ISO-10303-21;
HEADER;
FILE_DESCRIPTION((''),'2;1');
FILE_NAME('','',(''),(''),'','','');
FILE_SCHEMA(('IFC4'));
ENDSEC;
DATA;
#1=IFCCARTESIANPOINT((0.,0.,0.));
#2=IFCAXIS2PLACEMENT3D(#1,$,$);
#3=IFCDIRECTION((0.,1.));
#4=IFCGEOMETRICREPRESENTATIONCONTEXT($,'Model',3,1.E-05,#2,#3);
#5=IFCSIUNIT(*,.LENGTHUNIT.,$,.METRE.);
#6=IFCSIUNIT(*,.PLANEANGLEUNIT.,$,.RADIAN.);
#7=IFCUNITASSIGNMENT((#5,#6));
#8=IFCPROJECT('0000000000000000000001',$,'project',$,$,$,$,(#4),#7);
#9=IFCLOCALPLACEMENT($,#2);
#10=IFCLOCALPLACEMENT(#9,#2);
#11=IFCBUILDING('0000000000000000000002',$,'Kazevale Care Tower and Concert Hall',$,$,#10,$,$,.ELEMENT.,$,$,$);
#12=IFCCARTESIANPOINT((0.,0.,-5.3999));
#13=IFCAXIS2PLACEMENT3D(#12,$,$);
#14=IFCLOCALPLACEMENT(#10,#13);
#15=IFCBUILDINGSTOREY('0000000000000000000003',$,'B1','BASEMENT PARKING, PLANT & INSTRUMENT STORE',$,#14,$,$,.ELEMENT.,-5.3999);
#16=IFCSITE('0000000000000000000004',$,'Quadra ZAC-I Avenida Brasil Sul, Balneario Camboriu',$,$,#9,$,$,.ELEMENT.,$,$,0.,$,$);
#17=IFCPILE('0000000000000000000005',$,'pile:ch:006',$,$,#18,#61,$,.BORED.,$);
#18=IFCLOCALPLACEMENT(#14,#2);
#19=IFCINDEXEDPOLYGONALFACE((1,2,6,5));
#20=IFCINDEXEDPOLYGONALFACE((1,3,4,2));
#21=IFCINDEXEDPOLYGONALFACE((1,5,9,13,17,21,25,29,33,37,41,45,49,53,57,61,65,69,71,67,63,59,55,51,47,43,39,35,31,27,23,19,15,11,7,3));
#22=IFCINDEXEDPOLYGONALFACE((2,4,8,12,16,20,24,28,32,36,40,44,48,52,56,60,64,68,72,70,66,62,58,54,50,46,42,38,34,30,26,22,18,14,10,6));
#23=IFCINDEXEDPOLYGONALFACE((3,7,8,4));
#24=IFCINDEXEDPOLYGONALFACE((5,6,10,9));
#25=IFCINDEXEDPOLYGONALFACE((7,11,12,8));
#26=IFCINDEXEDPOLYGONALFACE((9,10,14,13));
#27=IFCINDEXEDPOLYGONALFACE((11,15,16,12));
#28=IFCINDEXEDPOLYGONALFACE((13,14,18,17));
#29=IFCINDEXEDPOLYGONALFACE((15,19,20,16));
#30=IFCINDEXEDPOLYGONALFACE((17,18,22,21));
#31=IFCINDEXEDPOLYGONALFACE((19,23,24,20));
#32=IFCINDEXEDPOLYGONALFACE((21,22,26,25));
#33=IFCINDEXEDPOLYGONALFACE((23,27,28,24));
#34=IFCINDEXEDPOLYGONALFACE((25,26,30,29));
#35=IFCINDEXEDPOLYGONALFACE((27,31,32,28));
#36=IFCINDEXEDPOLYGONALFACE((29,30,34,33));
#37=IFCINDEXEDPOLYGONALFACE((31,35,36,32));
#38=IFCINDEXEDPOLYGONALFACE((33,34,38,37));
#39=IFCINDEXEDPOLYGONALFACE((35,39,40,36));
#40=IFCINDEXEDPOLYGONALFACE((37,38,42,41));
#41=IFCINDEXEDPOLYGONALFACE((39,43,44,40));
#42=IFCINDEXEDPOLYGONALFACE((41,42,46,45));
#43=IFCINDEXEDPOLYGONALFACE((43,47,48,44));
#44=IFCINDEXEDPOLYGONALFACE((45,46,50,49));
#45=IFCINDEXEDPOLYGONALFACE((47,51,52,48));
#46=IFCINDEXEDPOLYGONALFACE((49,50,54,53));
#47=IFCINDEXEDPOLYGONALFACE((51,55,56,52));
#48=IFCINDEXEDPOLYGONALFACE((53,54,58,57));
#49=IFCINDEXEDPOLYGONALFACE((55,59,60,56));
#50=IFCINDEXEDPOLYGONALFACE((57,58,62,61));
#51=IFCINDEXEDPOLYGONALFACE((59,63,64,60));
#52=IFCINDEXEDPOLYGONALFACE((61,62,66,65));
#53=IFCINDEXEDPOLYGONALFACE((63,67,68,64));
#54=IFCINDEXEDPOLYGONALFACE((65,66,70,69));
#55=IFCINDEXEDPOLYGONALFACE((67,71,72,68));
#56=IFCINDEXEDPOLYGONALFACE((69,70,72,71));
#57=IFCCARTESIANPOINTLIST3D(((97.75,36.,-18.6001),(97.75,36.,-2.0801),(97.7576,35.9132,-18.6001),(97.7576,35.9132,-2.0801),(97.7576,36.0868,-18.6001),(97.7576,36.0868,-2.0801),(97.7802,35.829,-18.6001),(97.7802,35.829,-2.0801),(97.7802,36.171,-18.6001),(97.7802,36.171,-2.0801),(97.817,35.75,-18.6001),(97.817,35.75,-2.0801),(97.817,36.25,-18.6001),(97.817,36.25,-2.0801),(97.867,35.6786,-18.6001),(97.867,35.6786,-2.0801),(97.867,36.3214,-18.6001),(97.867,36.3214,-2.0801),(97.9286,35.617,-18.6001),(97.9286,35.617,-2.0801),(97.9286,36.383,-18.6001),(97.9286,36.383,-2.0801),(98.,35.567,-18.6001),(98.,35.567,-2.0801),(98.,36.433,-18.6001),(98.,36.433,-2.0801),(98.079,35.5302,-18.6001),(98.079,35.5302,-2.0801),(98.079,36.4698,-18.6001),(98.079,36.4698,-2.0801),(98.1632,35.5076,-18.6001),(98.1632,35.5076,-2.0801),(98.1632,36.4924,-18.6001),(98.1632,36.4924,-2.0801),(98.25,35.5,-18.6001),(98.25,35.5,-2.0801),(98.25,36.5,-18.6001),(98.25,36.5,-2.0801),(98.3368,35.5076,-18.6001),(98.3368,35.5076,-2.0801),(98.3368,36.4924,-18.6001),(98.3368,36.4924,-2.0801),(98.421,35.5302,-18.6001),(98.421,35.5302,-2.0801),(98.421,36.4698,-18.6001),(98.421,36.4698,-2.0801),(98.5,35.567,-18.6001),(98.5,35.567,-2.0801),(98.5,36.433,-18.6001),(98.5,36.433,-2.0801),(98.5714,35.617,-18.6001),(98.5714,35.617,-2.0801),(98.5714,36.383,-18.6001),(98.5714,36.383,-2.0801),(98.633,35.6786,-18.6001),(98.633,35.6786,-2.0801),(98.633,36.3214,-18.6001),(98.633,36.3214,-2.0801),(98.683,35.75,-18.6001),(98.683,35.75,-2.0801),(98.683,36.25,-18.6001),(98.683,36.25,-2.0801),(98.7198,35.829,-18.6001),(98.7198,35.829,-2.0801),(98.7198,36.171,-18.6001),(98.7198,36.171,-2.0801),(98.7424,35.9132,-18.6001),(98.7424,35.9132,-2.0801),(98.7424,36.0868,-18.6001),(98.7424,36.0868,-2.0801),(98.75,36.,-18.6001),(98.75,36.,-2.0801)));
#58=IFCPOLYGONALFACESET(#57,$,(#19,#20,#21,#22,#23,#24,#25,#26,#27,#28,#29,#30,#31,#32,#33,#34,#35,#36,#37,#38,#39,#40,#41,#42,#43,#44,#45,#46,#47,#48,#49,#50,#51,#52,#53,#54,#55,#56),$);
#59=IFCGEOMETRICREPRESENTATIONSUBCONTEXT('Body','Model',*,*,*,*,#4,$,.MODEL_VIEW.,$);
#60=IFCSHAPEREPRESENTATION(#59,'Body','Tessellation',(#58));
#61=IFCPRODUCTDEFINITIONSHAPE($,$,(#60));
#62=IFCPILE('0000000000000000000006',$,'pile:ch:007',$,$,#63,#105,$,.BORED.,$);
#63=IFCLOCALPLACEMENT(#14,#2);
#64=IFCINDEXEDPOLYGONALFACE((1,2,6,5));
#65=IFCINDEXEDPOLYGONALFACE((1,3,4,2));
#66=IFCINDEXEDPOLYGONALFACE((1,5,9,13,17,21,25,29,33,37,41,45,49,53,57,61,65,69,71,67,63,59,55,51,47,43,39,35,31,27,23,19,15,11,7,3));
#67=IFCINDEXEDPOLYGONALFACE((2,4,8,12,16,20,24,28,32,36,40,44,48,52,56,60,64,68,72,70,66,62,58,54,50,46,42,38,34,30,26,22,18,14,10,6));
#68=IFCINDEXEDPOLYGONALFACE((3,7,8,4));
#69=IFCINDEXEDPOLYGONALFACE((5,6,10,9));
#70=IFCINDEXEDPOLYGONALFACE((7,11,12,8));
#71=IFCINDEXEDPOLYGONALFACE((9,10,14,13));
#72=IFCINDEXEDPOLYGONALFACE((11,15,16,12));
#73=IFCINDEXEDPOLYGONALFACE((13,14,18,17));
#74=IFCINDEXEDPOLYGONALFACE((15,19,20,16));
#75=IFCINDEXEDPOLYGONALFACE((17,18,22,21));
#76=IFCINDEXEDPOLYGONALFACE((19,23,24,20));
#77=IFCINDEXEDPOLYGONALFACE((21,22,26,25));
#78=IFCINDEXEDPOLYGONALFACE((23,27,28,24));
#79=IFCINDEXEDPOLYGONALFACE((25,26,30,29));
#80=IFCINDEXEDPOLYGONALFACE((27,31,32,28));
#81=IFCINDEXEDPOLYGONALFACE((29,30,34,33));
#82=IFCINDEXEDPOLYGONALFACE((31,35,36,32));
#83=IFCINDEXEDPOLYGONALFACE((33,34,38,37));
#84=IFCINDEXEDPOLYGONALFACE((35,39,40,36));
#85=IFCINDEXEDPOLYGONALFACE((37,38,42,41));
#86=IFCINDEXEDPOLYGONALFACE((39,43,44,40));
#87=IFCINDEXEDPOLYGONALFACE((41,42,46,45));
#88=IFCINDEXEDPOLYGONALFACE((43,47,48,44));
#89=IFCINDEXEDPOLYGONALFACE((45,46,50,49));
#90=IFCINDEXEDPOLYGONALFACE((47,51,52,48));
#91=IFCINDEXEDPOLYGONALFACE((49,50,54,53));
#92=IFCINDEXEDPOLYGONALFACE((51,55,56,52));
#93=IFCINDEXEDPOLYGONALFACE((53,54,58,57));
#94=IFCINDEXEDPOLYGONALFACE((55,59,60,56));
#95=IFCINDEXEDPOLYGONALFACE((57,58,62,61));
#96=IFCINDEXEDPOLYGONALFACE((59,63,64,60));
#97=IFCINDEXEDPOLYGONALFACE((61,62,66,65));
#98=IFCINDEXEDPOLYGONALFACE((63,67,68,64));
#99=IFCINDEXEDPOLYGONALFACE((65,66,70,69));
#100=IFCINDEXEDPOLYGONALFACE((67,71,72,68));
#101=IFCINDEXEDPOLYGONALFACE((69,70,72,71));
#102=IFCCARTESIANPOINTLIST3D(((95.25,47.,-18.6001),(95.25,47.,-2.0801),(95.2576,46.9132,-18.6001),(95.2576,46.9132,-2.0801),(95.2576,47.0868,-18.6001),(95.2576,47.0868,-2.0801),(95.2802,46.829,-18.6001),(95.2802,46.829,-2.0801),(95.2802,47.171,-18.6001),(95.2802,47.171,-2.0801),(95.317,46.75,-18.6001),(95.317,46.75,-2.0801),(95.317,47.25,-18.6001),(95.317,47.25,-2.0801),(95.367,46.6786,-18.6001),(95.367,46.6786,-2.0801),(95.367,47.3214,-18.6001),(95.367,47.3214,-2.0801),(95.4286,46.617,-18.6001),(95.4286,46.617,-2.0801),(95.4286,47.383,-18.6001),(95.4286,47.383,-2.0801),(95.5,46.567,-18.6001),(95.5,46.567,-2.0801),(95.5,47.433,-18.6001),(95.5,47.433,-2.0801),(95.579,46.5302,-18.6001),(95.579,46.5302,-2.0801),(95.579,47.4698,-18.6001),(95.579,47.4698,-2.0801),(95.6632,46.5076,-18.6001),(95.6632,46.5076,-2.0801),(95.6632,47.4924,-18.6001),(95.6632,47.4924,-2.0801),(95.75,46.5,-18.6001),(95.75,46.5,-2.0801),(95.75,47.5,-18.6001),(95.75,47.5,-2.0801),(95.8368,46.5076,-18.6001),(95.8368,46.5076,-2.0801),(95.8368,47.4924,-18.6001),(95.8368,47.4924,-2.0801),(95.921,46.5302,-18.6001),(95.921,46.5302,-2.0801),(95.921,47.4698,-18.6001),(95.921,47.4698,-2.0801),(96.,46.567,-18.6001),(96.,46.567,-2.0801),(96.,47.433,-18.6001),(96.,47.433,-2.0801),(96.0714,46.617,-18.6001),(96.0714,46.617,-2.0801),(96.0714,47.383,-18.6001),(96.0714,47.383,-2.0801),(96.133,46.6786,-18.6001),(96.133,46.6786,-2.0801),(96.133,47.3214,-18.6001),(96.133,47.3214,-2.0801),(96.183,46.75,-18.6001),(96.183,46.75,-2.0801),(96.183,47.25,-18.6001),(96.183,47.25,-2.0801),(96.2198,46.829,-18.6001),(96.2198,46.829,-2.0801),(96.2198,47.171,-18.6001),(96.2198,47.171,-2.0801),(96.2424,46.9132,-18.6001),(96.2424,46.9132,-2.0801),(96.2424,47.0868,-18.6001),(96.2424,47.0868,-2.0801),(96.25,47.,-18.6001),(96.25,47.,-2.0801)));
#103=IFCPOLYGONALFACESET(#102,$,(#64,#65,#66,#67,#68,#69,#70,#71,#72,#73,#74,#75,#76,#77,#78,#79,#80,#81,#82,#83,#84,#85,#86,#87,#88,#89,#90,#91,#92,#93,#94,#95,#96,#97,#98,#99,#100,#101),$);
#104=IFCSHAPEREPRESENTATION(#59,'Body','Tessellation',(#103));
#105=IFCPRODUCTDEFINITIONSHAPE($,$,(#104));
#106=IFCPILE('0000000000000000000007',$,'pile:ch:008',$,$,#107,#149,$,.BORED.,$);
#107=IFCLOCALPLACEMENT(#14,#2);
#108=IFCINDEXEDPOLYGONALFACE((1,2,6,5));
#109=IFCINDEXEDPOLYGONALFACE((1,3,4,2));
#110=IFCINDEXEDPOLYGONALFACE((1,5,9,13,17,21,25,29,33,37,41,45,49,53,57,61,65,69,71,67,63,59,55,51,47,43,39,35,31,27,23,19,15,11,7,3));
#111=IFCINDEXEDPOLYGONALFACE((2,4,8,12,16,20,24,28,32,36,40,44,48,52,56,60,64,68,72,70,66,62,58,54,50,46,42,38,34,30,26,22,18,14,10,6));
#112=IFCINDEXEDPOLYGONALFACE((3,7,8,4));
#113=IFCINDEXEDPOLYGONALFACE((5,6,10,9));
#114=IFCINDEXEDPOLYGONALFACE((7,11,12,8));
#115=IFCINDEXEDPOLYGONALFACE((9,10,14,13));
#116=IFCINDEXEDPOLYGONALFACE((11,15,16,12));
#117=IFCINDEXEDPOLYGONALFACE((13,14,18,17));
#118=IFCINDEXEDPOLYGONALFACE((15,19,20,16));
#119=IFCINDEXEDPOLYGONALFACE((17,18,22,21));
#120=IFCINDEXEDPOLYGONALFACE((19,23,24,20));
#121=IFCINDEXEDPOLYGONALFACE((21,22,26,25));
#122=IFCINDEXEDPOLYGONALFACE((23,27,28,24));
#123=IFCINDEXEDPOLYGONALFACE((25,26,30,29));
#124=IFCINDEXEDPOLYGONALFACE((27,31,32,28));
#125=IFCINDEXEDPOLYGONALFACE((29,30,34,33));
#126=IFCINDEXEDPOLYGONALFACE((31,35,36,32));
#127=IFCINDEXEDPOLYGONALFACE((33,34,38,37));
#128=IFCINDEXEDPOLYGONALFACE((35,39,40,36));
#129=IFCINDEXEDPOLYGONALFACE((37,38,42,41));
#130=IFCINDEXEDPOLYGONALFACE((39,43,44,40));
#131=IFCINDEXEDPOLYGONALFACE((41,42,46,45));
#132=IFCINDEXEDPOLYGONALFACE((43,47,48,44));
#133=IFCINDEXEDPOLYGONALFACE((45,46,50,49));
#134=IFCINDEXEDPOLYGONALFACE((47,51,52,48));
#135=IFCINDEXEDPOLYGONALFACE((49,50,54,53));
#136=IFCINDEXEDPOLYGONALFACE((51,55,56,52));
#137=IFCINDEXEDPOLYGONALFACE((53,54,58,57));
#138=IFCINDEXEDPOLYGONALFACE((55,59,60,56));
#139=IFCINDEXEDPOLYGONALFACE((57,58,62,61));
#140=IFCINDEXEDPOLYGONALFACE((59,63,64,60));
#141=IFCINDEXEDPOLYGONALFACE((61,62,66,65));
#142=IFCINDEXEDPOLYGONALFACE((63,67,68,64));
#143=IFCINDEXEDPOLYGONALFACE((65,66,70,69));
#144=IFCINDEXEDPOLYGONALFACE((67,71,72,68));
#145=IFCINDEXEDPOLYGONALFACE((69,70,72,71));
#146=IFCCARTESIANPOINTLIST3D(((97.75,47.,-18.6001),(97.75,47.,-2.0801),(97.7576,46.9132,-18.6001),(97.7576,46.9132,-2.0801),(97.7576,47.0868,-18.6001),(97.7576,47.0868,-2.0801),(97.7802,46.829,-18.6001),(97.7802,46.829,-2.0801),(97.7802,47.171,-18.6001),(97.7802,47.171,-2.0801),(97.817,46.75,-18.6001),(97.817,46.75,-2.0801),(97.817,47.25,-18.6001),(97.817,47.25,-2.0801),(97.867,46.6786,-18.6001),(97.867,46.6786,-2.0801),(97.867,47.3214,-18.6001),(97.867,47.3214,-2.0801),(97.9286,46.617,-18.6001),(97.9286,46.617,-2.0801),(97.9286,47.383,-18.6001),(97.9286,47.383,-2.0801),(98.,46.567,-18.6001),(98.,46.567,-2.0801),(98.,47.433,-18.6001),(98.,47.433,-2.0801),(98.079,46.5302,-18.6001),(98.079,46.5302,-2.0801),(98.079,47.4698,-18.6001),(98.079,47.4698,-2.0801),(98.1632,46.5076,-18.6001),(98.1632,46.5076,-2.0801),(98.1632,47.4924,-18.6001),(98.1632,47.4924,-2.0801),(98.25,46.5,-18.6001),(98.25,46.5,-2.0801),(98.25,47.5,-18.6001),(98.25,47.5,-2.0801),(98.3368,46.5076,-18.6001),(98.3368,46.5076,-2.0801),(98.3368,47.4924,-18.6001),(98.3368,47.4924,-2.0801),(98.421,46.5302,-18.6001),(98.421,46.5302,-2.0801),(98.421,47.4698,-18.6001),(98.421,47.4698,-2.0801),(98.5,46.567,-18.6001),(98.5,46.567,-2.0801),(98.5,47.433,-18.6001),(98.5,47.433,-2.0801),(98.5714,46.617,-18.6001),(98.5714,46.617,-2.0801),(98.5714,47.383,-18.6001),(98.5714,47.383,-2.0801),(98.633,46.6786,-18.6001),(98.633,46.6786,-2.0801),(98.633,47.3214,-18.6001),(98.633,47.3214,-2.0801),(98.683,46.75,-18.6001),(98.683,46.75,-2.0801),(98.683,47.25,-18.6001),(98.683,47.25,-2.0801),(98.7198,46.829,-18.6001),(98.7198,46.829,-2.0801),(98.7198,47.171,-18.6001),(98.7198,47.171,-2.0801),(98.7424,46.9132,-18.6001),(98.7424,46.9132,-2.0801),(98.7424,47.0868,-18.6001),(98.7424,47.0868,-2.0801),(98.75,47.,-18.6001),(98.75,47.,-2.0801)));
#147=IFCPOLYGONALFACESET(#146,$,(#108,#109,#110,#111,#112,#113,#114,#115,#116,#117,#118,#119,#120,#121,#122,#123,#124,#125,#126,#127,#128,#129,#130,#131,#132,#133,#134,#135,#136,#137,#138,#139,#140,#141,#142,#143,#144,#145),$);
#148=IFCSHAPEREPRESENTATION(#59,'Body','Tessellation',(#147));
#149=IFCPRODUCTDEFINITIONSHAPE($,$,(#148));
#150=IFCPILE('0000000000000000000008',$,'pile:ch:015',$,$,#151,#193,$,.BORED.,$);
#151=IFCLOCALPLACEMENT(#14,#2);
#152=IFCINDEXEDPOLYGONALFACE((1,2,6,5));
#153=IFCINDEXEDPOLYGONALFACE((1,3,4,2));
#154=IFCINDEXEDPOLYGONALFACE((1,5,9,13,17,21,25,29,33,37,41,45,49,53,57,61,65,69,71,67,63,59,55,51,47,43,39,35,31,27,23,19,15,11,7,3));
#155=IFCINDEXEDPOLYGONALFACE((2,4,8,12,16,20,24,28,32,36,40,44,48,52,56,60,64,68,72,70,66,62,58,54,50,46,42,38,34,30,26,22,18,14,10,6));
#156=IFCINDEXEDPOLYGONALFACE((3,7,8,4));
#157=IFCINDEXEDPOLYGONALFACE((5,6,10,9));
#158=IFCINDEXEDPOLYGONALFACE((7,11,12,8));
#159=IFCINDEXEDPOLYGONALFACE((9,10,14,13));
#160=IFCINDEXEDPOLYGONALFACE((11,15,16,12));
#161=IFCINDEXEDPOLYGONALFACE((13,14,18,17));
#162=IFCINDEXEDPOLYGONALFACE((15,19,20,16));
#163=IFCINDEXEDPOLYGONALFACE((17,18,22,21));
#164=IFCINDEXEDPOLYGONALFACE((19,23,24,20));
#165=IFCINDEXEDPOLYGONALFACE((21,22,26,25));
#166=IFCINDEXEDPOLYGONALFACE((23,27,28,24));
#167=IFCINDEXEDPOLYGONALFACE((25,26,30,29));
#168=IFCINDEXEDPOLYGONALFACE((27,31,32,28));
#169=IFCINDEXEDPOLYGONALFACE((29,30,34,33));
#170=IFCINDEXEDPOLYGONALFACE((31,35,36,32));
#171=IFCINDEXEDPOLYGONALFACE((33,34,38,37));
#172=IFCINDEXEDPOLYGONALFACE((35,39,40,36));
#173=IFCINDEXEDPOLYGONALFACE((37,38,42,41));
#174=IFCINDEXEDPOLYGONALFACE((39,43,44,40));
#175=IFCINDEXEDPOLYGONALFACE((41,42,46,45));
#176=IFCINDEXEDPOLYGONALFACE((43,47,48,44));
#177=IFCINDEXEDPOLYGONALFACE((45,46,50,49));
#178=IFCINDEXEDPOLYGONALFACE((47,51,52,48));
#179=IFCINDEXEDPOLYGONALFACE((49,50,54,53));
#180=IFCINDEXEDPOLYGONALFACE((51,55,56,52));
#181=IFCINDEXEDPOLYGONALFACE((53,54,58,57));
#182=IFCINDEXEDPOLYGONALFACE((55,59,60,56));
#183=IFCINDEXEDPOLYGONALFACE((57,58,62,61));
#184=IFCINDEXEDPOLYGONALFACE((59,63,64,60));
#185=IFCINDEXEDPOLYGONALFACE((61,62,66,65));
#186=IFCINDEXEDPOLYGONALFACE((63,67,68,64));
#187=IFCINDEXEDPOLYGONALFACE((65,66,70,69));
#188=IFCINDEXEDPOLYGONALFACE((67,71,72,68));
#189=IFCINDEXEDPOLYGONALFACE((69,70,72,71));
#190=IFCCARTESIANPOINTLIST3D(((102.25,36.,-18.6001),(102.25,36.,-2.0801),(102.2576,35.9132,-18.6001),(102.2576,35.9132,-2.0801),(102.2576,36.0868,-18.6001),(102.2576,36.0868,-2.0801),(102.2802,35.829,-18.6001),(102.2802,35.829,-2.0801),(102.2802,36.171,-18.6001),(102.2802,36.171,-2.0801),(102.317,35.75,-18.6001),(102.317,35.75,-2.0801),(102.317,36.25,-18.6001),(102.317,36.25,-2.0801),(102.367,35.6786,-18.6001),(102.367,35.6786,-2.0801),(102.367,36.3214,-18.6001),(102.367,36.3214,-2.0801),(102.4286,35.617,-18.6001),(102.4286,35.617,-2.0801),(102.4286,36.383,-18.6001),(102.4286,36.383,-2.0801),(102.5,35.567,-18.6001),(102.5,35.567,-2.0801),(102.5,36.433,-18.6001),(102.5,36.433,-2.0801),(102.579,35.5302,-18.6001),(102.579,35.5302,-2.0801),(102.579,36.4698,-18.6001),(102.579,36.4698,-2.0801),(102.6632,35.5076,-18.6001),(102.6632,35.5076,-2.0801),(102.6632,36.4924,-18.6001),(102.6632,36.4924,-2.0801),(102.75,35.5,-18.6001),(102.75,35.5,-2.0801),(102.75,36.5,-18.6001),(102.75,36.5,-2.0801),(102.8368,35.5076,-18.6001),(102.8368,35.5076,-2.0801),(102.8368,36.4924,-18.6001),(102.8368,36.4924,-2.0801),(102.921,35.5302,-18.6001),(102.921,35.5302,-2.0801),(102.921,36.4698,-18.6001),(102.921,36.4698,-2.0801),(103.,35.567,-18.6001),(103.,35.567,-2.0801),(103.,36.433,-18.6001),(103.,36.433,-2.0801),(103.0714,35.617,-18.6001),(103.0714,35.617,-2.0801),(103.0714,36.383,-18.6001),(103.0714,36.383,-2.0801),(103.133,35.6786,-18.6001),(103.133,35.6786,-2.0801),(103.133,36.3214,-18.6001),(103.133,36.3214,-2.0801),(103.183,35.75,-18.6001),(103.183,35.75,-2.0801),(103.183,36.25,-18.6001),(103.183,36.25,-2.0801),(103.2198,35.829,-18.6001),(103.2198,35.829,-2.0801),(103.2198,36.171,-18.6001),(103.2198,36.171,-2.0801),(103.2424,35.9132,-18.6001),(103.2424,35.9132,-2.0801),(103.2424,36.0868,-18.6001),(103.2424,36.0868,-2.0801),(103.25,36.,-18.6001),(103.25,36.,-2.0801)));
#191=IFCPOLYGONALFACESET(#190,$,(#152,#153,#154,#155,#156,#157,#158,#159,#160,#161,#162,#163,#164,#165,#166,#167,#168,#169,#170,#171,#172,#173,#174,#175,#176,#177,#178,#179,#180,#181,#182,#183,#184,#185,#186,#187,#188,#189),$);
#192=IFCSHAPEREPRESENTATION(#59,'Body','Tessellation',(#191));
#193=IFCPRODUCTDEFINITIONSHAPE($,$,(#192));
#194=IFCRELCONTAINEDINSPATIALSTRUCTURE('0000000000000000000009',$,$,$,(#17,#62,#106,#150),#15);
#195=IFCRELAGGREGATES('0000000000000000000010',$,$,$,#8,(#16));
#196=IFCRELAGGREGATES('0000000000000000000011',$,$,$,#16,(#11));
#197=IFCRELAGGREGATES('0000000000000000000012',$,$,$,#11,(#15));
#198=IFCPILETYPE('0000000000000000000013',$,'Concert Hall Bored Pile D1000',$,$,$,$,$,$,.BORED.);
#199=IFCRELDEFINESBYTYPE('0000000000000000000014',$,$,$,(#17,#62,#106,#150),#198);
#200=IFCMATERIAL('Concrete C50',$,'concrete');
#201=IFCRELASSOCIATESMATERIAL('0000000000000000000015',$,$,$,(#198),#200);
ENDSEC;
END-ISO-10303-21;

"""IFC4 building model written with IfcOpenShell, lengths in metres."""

from ifc_helpers import new_model, si_unit, direction, frame, origin, origin_2d, place, context, subcontext, project, spatial, circle, extrude, material, material_profile, profile_set, type_object, element, save


model = new_model("IFC4")

# Units and contexts
model_context = context("Model", 3, precision=1e-05, world=origin(), true_north=direction((0.0, 1.0)))
body_context = subcontext(model_context, "Body", "Model", "MODEL_VIEW")
ifc_project = project(units=[si_unit("LENGTHUNIT", "METRE"), si_unit("PLANEANGLEUNIT", "RADIAN")], contexts=[model_context])

# Site, building, storey
site_placement = place(None, origin())
site = spatial("IfcSite", under=ifc_project, at=site_placement, Name="Quadra ZAC-I Avenida Brasil Sul, Balneario Camboriu", CompositionType="ELEMENT", RefElevation=0.0)
building_placement = place(site_placement, origin())
building = spatial("IfcBuilding", under=site, at=building_placement, Name="Kazevale Care Tower and Concert Hall", CompositionType="ELEMENT")
storey_placement = place(building_placement, frame((0.0, 0.0, -5.3999)))
storey = spatial("IfcBuildingStorey", under=building, at=storey_placement, Name="B1", Description="BASEMENT PARKING, PLANT & INSTRUMENT STORE", CompositionType="ELEMENT", Elevation=-5.3999)

# Piles
ifc_material_1 = material(Name="Concrete C50", Category="concrete")
ifc_material_profile_1 = material_profile(ifc_material_1, circle(Radius=0.5, at=origin_2d()), Name="PILE-D1000")
ifc_profile_set_1 = profile_set([ifc_material_profile_1], Name="Concrete C50")
pile_type = type_object("IfcPileType", Name="Concert Hall Bored Pile D1000", PredefinedType="BORED", material=ifc_profile_set_1)
for number, where, z_axis, x_axis, name in (
    (1, (98.25, 36.0, -2.0801), (0.0, 0.0, -1.0), (1.0, 0.0, 0.0), "pile:ch:006"),
    (2, (95.75, 47.0, -2.0801), (0.0, 0.0, -1.0), (1.0, 0.0, 0.0), "pile:ch:007"),
    (3, (98.25, 47.0, -2.0801), (0.0, 0.0, -1.0), (1.0, 0.0, 0.0), "pile:ch:008"),
    (4, (102.75, 36.0, -2.0801), (0.0, 0.0, -1.0), (1.0, 0.0, 0.0), "pile:ch:015"),
):
    element("IfcPile", number, at=place(storey_placement, frame(where, z_axis=z_axis, x_axis=x_axis)), inside=storey, type_object=pile_type, Name=name, PredefinedType="BORED", context=body_context, shape_type="SweptSolid", body=[
        extrude(circle(Radius=0.5, at=origin_2d()), origin(), (0.0, 0.0, 1.0), 16.52),
    ])

save(model, "model.ifc")
